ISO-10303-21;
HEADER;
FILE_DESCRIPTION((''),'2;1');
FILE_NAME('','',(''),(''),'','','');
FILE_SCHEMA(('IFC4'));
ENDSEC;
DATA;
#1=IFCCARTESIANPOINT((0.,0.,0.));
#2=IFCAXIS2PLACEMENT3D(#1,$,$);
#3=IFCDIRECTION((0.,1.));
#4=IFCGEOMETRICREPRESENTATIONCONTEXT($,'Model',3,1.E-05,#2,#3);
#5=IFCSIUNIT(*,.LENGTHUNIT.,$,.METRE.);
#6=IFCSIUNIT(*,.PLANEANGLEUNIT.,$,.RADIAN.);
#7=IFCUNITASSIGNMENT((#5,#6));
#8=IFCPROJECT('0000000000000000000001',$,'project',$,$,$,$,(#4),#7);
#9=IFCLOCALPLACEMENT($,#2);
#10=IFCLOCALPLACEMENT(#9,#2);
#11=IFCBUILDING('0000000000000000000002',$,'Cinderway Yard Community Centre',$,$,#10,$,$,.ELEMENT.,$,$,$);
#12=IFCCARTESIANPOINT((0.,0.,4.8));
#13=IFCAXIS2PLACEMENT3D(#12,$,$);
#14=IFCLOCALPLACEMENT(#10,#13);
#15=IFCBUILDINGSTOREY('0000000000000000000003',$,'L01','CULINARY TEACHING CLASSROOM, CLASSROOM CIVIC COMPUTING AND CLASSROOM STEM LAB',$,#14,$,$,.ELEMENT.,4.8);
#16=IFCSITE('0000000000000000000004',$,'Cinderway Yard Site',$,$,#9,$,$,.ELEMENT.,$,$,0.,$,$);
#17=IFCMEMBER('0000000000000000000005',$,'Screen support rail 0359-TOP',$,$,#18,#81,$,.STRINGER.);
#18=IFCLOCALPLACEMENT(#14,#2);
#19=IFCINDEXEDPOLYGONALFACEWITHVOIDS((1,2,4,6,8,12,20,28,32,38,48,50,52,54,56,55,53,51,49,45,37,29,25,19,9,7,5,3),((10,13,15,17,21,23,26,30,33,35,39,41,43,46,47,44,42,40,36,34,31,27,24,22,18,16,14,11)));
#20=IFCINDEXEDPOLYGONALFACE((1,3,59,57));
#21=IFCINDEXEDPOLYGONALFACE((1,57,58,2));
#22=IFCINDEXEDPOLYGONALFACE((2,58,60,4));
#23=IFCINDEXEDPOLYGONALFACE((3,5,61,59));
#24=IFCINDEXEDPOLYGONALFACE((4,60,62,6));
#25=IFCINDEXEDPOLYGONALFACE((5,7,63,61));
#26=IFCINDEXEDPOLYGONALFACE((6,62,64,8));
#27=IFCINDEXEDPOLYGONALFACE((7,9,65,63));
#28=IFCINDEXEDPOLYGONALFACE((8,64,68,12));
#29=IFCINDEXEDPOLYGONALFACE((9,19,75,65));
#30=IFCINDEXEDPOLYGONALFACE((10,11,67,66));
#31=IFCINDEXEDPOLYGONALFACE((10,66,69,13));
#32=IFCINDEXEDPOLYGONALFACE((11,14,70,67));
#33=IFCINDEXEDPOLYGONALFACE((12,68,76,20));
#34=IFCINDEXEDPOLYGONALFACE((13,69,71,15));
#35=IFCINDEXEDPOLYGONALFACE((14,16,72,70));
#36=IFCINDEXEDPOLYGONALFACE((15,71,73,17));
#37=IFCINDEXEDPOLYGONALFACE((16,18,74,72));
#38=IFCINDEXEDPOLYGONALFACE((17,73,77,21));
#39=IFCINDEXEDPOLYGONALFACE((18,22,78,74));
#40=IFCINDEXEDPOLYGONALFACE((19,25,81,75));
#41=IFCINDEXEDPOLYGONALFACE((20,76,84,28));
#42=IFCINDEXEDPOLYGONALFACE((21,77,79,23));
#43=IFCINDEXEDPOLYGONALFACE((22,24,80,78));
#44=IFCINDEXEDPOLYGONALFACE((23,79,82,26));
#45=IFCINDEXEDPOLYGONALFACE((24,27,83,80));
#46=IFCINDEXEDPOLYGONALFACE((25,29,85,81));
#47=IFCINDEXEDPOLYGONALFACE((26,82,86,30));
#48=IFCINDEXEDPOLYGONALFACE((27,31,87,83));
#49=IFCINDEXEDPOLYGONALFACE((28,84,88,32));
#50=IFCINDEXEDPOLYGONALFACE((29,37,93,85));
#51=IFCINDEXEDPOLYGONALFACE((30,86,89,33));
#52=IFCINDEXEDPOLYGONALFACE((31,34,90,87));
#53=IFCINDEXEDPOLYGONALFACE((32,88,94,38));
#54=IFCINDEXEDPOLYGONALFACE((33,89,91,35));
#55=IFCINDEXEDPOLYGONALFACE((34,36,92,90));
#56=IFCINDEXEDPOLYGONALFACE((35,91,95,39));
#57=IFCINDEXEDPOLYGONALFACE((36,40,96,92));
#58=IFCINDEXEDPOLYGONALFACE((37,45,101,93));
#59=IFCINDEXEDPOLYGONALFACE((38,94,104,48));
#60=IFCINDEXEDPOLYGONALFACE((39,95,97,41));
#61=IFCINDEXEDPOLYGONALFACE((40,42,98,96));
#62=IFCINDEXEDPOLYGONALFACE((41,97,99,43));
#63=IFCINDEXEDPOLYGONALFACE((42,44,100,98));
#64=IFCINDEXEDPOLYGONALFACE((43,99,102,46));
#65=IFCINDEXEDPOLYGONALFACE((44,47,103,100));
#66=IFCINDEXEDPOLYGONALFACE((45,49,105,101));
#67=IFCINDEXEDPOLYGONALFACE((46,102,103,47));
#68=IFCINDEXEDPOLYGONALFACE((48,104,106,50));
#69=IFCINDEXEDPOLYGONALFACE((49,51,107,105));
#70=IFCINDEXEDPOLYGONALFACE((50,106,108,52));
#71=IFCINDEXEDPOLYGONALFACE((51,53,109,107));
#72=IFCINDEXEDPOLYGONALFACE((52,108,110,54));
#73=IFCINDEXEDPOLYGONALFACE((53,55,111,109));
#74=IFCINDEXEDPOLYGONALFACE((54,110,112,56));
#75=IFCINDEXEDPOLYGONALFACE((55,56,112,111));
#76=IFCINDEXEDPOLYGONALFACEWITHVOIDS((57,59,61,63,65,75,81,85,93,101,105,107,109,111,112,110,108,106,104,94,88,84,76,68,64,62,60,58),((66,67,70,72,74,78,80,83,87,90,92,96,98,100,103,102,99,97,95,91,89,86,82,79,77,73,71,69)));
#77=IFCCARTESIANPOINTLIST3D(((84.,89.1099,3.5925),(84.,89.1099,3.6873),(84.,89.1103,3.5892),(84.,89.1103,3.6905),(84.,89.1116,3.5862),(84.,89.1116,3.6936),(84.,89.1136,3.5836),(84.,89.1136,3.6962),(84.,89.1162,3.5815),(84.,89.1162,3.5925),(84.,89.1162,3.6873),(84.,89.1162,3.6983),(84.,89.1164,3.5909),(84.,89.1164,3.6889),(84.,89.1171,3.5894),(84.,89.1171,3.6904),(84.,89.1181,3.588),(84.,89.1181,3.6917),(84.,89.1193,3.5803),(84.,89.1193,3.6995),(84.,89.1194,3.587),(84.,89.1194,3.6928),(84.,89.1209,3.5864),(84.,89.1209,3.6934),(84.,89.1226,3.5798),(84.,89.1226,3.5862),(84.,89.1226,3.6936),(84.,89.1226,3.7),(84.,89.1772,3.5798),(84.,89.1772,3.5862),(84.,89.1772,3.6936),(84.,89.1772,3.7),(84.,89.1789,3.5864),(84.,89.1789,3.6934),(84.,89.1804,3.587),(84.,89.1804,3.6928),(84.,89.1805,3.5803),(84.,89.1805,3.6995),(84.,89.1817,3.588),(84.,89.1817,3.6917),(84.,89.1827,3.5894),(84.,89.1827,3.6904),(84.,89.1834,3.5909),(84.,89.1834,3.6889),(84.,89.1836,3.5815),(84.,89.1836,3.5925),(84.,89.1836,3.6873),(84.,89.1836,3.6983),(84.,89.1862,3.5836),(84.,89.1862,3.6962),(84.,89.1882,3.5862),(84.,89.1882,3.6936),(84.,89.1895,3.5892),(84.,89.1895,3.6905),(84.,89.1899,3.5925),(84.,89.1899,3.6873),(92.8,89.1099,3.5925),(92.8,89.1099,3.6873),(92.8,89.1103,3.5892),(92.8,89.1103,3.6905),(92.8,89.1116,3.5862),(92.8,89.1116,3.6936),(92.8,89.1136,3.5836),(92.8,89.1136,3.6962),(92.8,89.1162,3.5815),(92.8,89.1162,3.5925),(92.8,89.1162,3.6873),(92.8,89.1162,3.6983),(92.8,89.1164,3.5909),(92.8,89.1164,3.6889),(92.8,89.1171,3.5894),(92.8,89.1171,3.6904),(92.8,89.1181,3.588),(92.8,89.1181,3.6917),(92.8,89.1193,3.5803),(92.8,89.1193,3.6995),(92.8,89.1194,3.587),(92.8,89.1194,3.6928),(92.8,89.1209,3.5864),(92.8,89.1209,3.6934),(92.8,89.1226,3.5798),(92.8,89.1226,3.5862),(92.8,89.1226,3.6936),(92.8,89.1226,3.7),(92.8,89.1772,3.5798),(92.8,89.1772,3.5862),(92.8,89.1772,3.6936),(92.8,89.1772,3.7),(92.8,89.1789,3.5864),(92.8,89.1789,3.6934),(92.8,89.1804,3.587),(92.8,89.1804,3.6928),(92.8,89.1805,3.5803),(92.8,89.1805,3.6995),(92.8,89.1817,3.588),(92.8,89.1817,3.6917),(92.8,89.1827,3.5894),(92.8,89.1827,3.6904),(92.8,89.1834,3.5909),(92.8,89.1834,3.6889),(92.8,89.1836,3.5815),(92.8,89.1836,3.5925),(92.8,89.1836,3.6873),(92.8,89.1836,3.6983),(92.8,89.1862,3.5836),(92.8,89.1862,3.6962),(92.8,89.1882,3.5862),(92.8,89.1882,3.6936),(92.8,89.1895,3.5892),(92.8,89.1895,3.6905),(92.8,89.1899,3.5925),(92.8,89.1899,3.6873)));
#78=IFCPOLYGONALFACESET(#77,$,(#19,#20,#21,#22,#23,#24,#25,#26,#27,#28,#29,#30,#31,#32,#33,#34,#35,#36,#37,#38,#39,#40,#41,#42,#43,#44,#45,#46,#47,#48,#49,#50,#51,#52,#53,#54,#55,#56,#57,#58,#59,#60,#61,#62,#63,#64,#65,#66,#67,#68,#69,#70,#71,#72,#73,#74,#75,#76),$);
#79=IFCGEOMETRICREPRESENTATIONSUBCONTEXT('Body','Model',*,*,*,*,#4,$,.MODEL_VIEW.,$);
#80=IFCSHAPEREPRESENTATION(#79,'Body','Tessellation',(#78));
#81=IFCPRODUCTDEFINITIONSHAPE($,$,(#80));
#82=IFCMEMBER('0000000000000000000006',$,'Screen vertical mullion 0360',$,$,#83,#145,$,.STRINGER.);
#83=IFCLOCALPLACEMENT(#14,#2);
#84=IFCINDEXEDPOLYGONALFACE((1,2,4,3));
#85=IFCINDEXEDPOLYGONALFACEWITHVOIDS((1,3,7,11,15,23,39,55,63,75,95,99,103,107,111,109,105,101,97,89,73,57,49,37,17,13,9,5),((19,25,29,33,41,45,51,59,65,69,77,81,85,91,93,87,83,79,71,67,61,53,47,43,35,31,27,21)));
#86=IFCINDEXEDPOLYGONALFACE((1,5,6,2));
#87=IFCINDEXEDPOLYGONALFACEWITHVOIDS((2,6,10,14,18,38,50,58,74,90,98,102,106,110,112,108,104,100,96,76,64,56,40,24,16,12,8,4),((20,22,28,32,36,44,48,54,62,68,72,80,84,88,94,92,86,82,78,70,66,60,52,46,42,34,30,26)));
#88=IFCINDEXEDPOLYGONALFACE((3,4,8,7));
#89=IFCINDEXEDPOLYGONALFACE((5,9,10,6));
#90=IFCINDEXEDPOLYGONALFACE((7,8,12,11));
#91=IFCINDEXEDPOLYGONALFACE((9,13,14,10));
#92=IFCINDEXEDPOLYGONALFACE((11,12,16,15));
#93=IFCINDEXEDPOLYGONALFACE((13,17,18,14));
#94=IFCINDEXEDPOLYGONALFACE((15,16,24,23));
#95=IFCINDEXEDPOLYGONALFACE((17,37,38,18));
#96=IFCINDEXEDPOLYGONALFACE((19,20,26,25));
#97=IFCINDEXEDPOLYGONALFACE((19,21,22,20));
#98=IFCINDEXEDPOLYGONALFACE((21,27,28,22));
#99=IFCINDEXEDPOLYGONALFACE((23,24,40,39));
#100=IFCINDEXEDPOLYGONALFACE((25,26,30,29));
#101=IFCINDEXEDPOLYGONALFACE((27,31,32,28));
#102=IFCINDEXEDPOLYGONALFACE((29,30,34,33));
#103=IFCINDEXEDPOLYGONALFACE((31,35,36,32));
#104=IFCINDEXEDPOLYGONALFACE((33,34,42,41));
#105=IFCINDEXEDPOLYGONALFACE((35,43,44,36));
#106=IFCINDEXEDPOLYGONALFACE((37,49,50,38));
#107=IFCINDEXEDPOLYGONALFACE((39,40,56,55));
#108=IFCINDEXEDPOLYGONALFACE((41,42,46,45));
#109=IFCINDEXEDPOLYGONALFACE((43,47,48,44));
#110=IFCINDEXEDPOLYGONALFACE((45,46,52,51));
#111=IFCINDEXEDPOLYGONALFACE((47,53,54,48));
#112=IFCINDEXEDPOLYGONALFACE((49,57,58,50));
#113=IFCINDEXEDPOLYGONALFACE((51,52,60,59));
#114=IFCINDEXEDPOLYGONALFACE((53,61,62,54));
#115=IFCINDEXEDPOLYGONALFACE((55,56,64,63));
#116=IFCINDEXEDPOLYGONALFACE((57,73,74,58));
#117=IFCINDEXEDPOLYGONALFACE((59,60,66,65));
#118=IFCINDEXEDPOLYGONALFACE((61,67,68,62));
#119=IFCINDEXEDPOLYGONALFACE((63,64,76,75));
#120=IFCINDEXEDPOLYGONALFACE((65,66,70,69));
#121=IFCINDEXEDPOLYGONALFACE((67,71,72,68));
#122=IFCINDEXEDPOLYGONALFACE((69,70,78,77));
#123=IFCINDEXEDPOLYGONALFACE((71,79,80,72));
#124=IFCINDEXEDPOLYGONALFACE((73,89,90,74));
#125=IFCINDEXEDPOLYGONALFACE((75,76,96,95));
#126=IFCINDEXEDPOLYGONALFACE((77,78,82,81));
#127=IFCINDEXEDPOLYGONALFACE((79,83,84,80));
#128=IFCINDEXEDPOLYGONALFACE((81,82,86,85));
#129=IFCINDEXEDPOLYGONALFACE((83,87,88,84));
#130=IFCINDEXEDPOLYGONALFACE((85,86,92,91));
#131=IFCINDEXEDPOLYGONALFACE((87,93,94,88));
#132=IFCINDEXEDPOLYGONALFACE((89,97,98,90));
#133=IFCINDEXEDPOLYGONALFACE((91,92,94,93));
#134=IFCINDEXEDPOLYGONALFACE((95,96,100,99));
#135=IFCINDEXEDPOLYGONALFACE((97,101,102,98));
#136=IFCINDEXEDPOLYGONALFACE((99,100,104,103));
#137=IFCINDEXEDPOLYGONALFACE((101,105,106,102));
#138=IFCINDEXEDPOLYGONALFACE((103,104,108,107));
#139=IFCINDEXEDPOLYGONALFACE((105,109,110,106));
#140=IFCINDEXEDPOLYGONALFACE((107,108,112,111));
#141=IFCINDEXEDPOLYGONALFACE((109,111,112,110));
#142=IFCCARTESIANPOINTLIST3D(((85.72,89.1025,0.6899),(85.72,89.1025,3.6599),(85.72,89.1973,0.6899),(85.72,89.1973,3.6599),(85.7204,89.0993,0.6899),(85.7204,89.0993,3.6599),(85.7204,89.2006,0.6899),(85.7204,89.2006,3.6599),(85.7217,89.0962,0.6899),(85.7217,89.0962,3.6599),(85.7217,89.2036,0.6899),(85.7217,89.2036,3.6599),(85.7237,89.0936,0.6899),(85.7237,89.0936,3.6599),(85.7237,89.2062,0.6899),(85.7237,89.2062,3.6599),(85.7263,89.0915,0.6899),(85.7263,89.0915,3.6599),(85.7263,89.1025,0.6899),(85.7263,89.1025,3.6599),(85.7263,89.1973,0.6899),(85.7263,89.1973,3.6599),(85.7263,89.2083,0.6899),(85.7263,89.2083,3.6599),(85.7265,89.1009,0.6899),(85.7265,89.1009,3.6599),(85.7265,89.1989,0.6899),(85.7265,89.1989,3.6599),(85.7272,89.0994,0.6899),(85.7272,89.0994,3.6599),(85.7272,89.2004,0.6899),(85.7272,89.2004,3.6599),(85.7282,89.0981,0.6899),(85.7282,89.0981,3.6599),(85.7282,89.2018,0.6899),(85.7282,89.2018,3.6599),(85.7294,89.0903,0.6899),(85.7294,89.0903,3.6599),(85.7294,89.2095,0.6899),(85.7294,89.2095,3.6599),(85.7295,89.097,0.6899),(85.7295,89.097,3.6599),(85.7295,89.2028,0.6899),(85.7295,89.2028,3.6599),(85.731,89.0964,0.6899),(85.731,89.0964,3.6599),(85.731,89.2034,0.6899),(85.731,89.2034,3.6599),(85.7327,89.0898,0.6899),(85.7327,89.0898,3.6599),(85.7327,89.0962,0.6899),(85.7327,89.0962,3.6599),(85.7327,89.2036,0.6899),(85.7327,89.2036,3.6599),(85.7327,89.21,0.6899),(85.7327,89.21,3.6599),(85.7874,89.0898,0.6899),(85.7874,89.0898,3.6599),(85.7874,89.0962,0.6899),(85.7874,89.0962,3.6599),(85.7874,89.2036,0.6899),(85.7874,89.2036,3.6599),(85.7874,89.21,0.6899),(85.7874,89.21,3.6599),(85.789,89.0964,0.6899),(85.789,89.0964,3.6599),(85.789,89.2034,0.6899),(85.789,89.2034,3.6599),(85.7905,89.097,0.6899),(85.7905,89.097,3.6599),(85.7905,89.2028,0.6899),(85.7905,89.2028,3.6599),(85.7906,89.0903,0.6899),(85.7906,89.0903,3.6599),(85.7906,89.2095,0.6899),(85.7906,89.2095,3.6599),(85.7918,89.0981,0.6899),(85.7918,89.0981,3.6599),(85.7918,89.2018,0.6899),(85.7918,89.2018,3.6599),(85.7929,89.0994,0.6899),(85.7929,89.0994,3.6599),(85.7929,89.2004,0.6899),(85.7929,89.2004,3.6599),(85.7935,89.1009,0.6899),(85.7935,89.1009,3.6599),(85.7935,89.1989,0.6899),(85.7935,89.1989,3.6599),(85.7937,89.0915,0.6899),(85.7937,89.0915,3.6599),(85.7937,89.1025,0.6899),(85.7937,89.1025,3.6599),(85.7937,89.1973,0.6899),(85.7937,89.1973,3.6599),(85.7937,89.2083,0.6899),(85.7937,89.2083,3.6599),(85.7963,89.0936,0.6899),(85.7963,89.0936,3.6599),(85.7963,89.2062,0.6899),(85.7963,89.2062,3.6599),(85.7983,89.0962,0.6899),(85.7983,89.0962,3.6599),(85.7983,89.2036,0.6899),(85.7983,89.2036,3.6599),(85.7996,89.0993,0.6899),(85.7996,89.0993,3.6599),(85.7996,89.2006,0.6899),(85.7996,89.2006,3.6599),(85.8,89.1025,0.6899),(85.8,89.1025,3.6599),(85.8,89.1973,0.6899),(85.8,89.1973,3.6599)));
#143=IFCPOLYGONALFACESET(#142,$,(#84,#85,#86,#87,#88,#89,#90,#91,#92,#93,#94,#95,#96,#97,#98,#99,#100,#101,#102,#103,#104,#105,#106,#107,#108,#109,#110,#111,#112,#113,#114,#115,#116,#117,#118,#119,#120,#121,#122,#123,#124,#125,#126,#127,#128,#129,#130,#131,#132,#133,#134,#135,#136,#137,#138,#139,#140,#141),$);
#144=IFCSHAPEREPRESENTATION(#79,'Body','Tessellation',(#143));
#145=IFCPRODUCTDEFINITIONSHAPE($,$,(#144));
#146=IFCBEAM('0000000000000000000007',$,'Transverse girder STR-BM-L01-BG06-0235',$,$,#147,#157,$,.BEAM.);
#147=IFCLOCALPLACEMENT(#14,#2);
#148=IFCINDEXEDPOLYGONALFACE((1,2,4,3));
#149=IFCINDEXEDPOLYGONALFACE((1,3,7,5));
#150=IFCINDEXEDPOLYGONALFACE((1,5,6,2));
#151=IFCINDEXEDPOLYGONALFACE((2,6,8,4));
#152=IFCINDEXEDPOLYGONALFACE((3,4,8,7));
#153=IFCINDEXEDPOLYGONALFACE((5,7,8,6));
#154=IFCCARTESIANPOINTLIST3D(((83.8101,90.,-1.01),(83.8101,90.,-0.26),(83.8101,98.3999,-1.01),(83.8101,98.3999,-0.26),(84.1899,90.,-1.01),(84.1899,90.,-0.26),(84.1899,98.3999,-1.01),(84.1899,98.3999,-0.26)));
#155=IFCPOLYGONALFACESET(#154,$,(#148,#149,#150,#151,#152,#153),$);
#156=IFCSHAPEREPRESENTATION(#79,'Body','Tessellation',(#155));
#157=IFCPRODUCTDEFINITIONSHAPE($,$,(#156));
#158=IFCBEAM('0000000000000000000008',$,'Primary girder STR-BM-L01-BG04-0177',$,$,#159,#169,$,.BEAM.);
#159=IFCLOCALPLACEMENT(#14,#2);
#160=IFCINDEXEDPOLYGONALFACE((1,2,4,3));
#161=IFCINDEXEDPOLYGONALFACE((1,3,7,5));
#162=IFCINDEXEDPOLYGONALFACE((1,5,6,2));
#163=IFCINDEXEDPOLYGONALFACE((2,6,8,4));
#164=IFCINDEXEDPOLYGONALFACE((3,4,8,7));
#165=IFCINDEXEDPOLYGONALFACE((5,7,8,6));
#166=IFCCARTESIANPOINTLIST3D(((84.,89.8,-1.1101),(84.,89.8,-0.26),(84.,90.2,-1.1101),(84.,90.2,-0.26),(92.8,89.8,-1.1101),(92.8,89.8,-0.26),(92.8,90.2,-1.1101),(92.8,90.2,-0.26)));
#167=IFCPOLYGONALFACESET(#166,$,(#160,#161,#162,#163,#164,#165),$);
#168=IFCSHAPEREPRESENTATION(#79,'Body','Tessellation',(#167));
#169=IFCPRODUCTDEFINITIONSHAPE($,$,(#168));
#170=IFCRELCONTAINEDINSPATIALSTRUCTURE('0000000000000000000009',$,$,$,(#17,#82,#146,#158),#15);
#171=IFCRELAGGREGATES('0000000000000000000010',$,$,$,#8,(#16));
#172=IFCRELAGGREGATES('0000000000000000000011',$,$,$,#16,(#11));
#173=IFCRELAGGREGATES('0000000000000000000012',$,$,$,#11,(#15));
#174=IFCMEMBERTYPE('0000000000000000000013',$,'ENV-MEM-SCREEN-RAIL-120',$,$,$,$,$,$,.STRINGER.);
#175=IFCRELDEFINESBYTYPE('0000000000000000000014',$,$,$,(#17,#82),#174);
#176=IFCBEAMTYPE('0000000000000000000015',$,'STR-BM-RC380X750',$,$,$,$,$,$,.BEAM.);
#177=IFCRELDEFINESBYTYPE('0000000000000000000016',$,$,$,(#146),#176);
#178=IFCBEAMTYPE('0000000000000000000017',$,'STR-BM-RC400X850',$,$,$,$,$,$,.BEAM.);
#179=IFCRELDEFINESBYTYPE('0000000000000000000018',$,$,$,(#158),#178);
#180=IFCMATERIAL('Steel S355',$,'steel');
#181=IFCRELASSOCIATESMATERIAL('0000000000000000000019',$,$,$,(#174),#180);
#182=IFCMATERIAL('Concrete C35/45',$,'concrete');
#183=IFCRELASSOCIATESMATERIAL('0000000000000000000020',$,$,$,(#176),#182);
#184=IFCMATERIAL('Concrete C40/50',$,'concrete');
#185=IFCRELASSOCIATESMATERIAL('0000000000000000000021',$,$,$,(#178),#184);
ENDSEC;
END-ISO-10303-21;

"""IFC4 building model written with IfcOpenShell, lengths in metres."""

from ifc_helpers import new_model, si_unit, direction, frame, origin, origin_2d, place, context, subcontext, project, spatial, rectangle, hollow_rectangle, extrude, material, material_profile, profile_set, type_object, element, save


model = new_model("IFC4")

# Units and contexts
model_context = context("Model", 3, precision=1e-05, world=origin(), true_north=direction((0.0, 1.0)))
body_context = subcontext(model_context, "Body", "Model", "MODEL_VIEW")
ifc_project = project(units=[si_unit("LENGTHUNIT", "METRE"), si_unit("PLANEANGLEUNIT", "RADIAN")], contexts=[model_context])

# Site, building, storey
site_placement = place(None, origin())
site = spatial("IfcSite", under=ifc_project, at=site_placement, Name="Cinderway Yard Site", CompositionType="ELEMENT", RefElevation=0.0)
building_placement = place(site_placement, origin())
building = spatial("IfcBuilding", under=site, at=building_placement, Name="Cinderway Yard Community Centre", CompositionType="ELEMENT")
storey_placement = place(building_placement, frame((0.0, 0.0, 4.8)))
storey = spatial("IfcBuildingStorey", under=building, at=storey_placement, Name="L01", Description="CULINARY TEACHING CLASSROOM, CLASSROOM CIVIC COMPUTING AND CLASSROOM STEM LAB", CompositionType="ELEMENT", Elevation=4.8)

# Shared definitions
ifc_material_1 = material(Name="Concrete C40/50", Category="concrete")

# Members
ifc_material_2 = material(Name="Steel S355", Category="steel")
ifc_material_profile_1 = material_profile(ifc_material_2, hollow_rectangle(XDim=0.0801, YDim=0.1201, WallThickness=0.0063, InnerFilletRadius=0.0063, OuterFilletRadius=0.0127, at=origin_2d()), Name="Steel S355")
ifc_profile_set_1 = profile_set([ifc_material_profile_1], Name="Steel S355")
member_type_1 = type_object("IfcMemberType", Name="ENV-MEM-SCREEN-RAIL-120", PredefinedType="STRINGER", material=ifc_profile_set_1)
for number, where, z_axis, x_axis, name in (
    (1, (84.0, 89.1499, 3.6399), (1.0, 0.0, 0.0), (0.0, 1.0, 0.0), "Screen support rail 0359-TOP"),
):
    element("IfcMember", number, at=place(storey_placement, frame(where, z_axis=z_axis, x_axis=x_axis)), inside=storey, type_object=member_type_1, Name=name, PredefinedType="STRINGER", context=body_context, shape_type="SweptSolid", body=[
        extrude(hollow_rectangle(XDim=0.0801, YDim=0.1201, WallThickness=0.0063, InnerFilletRadius=0.0063, OuterFilletRadius=0.0127, at=origin_2d()), origin(), (0.0, 0.0, 1.0), 8.8),
    ])
member_1_placement = place(storey_placement, frame((85.76, 89.1499, 0.6899), z_axis=(0.0, 0.0, 1.0), x_axis=(1.0, 0.0, 0.0)))
element("IfcMember", 2, at=member_1_placement, inside=storey, type_object=member_type_1, Name="Screen vertical mullion 0360", PredefinedType="STRINGER", context=body_context, shape_type="SweptSolid", body=[
    extrude(hollow_rectangle(XDim=0.0801, YDim=0.1201, WallThickness=0.0063, InnerFilletRadius=0.0063, OuterFilletRadius=0.0127, at=origin_2d()), origin(), (0.0, 0.0, 1.0), 2.97),
])

# Beams
ifc_material_3 = material(Name="Concrete C35/45", Category="concrete")
ifc_material_profile_2 = material_profile(ifc_material_3, rectangle(XDim=0.3799, YDim=0.75, at=origin_2d()), Name="Concrete C35/45")
ifc_profile_set_2 = profile_set([ifc_material_profile_2], Name="Concrete C35/45")
beam_type_1 = type_object("IfcBeamType", Name="STR-BM-RC380X750", PredefinedType="BEAM", material=ifc_profile_set_2)
beam_1_placement = place(storey_placement, frame((84.0, 90.0, -0.635), z_axis=(0.0, 1.0, 0.0), x_axis=(-1.0, 0.0, 0.0)))
element("IfcBeam", 3, at=beam_1_placement, inside=storey, type_object=beam_type_1, Name="Transverse girder STR-BM-L01-BG06-0235", PredefinedType="BEAM", context=body_context, shape_type="SweptSolid", body=[
    extrude(rectangle(XDim=0.3799, YDim=0.75, at=origin_2d()), origin(), (0.0, 0.0, 1.0), 8.3999),
])
ifc_material_profile_3 = material_profile(ifc_material_1, rectangle(XDim=0.3999, YDim=0.8501, at=origin_2d()), Name="Concrete C40/50")
ifc_profile_set_3 = profile_set([ifc_material_profile_3], Name="Concrete C40/50")
beam_type_2 = type_object("IfcBeamType", Name="STR-BM-RC400X850", PredefinedType="BEAM", material=ifc_profile_set_3)
beam_2_placement = place(storey_placement, frame((84.0, 90.0, -0.6851), z_axis=(1.0, 0.0, 0.0), x_axis=(0.0, 1.0, 0.0)))
element("IfcBeam", 4, at=beam_2_placement, inside=storey, type_object=beam_type_2, Name="Primary girder STR-BM-L01-BG04-0177", PredefinedType="BEAM", context=body_context, shape_type="SweptSolid", body=[
    extrude(rectangle(XDim=0.3999, YDim=0.8501, at=origin_2d()), origin(), (0.0, 0.0, 1.0), 8.8),
])

save(model, "model.ifc")
